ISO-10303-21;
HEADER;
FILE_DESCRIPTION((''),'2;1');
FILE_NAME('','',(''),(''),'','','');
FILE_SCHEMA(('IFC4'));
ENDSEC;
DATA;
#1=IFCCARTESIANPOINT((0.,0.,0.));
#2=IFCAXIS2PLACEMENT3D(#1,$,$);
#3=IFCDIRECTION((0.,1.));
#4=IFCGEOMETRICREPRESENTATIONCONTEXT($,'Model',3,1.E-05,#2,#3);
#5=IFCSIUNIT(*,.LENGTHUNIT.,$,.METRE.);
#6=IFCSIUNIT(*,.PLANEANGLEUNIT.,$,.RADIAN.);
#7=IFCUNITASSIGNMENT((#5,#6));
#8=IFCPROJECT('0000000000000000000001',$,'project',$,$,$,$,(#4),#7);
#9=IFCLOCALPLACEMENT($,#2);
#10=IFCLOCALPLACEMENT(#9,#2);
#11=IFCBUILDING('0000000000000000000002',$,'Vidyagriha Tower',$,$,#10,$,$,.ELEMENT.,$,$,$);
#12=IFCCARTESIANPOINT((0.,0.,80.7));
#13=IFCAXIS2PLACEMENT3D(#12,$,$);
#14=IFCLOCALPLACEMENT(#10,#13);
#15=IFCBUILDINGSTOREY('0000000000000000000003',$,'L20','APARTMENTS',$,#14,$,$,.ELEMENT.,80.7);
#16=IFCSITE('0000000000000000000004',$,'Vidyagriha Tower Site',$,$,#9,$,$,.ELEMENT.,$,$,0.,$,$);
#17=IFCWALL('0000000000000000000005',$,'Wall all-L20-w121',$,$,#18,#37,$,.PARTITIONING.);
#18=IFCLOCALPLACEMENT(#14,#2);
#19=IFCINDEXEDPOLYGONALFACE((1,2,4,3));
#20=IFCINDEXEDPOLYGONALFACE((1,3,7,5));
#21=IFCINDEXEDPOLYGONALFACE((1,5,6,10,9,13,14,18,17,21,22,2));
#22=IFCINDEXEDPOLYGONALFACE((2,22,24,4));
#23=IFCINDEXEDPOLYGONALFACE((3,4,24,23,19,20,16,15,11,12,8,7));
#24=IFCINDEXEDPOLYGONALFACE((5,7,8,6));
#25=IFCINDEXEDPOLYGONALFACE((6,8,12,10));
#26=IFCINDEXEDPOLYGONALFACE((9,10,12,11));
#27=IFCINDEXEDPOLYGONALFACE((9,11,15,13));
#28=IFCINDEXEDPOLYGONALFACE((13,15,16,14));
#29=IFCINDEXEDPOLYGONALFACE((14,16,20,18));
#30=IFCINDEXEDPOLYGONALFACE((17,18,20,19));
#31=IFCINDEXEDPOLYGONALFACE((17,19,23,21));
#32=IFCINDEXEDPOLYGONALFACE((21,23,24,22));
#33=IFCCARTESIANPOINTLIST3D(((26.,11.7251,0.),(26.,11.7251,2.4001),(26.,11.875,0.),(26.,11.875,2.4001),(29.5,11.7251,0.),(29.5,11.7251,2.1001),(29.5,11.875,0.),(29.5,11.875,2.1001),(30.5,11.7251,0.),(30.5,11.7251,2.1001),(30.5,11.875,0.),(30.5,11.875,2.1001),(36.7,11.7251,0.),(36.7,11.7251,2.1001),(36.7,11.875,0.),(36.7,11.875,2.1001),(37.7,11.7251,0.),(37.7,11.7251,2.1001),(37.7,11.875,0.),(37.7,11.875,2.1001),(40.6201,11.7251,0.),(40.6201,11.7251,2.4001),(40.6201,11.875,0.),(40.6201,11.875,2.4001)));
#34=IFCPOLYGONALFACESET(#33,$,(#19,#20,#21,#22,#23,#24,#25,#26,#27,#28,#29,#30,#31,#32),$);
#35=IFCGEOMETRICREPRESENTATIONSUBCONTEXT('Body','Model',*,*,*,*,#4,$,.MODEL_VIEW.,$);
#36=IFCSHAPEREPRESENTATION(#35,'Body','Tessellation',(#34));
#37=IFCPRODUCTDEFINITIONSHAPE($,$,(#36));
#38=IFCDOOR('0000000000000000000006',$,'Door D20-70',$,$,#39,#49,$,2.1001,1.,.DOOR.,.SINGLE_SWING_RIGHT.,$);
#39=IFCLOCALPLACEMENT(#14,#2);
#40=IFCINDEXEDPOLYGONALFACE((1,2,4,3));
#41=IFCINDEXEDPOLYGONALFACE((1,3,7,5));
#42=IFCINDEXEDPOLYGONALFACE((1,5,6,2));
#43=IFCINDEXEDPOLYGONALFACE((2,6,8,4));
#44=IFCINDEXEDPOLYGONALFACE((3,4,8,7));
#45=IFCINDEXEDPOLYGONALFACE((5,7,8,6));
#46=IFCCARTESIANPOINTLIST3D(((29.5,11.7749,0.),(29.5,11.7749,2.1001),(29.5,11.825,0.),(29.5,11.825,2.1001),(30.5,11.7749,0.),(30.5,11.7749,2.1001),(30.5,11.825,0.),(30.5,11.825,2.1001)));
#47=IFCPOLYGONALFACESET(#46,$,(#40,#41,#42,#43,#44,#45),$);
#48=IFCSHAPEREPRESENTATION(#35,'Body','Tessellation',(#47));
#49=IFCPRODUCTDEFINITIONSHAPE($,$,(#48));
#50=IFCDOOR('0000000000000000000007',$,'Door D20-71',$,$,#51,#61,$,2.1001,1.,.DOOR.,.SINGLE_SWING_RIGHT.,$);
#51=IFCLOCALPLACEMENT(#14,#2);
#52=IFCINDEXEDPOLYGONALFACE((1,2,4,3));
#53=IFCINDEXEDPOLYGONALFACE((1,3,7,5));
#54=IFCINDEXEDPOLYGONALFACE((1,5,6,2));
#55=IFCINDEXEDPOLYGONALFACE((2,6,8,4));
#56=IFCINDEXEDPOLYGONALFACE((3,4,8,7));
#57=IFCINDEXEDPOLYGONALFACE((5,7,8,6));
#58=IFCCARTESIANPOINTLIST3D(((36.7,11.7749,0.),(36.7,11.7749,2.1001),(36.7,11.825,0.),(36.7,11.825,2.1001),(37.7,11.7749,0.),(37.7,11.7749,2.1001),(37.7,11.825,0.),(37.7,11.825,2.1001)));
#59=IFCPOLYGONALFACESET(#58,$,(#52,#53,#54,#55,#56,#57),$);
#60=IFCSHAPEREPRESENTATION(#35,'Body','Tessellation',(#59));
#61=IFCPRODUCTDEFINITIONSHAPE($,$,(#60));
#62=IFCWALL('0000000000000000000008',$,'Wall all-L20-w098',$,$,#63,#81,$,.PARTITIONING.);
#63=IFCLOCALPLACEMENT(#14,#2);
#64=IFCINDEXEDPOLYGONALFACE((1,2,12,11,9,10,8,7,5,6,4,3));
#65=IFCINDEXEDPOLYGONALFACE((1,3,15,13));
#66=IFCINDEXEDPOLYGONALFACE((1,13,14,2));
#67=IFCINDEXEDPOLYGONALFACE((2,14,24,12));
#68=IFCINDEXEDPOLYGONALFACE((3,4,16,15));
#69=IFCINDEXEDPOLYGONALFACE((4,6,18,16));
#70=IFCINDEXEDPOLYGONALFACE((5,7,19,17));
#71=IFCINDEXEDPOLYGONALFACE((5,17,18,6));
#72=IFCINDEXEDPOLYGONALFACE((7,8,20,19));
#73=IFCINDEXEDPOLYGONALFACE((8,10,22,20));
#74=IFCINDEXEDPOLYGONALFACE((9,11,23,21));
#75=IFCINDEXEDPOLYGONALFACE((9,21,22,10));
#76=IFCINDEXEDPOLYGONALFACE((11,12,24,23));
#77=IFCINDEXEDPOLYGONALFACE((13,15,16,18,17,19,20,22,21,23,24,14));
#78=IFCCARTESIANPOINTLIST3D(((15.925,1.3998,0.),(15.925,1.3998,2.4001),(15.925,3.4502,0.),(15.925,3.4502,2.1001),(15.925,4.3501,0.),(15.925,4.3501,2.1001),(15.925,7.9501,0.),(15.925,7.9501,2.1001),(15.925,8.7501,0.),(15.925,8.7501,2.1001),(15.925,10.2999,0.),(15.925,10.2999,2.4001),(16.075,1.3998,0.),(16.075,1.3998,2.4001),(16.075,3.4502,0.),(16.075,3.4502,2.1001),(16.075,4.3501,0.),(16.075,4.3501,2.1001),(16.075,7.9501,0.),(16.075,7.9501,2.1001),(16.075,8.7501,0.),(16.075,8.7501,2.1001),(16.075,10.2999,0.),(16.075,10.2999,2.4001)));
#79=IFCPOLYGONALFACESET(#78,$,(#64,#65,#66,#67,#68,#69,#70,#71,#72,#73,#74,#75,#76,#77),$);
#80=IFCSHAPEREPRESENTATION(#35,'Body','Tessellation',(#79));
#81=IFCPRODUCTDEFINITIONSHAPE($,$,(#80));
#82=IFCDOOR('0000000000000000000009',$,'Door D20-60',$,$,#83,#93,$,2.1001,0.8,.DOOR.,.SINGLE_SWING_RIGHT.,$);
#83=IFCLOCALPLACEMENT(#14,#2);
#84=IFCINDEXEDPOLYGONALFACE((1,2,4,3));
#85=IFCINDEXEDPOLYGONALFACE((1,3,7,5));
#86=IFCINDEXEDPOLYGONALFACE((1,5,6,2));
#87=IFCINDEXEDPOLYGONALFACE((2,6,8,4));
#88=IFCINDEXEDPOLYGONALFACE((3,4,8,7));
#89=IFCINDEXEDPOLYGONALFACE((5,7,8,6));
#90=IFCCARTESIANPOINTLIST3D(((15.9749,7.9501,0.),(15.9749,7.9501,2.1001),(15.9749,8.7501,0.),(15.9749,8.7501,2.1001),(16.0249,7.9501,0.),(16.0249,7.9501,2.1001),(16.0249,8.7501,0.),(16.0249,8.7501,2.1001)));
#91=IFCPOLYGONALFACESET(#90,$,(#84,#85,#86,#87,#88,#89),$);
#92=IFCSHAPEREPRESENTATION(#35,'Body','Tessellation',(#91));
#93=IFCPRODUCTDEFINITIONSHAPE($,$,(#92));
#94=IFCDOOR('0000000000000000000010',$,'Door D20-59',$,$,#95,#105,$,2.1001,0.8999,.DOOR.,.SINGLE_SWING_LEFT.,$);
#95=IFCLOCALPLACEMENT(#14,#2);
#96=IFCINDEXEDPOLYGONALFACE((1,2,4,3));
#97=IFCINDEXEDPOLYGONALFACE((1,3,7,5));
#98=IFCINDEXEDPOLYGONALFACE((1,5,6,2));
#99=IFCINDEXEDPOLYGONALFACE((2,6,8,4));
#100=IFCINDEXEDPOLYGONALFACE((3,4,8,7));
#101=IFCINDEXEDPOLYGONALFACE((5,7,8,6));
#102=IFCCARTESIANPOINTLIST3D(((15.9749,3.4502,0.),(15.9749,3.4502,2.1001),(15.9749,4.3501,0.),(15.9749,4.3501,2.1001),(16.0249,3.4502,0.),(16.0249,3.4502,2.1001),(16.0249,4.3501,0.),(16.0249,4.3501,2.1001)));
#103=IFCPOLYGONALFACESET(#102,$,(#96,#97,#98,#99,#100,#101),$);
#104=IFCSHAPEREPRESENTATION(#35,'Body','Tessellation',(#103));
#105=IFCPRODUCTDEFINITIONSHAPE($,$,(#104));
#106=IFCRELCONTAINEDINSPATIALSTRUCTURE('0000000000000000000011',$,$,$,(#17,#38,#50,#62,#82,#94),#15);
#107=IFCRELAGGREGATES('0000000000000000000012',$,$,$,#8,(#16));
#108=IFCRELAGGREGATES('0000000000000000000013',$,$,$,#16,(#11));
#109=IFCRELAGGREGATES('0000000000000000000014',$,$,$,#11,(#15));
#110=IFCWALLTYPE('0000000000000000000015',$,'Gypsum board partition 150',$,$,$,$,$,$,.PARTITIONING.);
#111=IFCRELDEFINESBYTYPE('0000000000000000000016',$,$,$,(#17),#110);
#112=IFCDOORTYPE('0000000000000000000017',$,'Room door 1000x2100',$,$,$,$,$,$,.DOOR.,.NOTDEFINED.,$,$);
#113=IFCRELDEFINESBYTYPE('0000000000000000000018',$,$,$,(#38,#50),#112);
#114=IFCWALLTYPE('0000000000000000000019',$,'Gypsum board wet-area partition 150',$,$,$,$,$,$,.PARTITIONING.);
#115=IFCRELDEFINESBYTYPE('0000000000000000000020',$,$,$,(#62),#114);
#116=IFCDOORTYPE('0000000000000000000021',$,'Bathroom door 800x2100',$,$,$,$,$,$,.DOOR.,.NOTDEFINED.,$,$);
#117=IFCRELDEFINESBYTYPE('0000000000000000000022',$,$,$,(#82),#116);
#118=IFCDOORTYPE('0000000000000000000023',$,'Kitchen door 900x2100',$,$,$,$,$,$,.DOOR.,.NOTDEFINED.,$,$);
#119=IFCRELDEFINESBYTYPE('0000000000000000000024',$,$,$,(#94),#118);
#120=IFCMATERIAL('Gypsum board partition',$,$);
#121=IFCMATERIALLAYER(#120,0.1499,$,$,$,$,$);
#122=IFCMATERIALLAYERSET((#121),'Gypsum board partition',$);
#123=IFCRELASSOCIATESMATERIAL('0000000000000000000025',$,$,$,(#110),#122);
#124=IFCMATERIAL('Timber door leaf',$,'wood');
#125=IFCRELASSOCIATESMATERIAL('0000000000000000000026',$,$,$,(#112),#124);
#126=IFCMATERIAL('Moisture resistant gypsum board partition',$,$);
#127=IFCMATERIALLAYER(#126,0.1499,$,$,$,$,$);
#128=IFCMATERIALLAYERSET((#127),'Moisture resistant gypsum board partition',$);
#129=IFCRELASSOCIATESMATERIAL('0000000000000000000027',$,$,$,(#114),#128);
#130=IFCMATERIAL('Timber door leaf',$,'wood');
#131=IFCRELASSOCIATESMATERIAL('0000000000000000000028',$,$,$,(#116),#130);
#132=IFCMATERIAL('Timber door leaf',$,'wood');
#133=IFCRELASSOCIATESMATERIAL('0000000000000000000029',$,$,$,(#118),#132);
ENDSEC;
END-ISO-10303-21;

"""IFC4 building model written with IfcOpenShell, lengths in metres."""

from ifc_helpers import new_model, si_unit, direction, frame, frame_2d, origin, place, context, subcontext, project, spatial, rectangle, extrude, material, layer, layer_set, type_object, element, fill, save


model = new_model("IFC4")

# Units and contexts
model_context = context("Model", 3, precision=1e-05, world=origin(), true_north=direction((0.0, 1.0)))
body_context = subcontext(model_context, "Body", "Model", "MODEL_VIEW")
ifc_project = project(units=[si_unit("LENGTHUNIT", "METRE"), si_unit("PLANEANGLEUNIT", "RADIAN")], contexts=[model_context])

# Site, building, storey
site_placement = place(None, origin())
site = spatial("IfcSite", under=ifc_project, at=site_placement, Name="Vidyagriha Tower Site", CompositionType="ELEMENT", RefElevation=0.0)
building_placement = place(site_placement, origin())
building = spatial("IfcBuilding", under=site, at=building_placement, Name="Vidyagriha Tower", CompositionType="ELEMENT")
storey_placement = place(building_placement, frame((0.0, 0.0, 80.7)))
storey = spatial("IfcBuildingStorey", under=building, at=storey_placement, Name="L20", Description="APARTMENTS", CompositionType="ELEMENT", Elevation=80.7)

# Shared definitions
ifc_material_1 = material(Name="Gypsum board partition")
ifc_layer_1 = layer(ifc_material_1, 0.1499)
ifc_layer_set_1 = layer_set([ifc_layer_1], Name="Gypsum board partition")
wall_type_1 = type_object("IfcWallType", Name="Gypsum board partition 150", PredefinedType="PARTITIONING", material=ifc_layer_set_1)

# Walls, openings, doors
wall_1_placement = place(storey_placement, frame((26.0, 11.8, 0.0)))
wall_1 = element("IfcWall", 1, at=wall_1_placement, inside=storey, type_object=wall_type_1, Name="Wall all-L20-w121", PredefinedType="PARTITIONING", context=body_context, shape_type="SweptSolid", body=[
    extrude(rectangle(XDim=14.6201, YDim=0.1499, at=frame_2d((7.3101, 0.0))), origin(), (0.0, 0.0, 1.0), 2.4001),
])
opening_1_placement = place(wall_1_placement, frame((3.5, 0.0, 0.0)))
opening_1 = element("IfcOpeningElement", 2, at=opening_1_placement, cuts=wall_1, PredefinedType="OPENING", context=body_context, shape_type="SweptSolid", body=[
    extrude(rectangle(XDim=1.0, YDim=2.1001, at=frame_2d((0.5, 1.05))), frame((0.0, 0.085, 0.0), z_axis=(0.0, -1.0, 0.0), x_axis=(1.0, 0.0, 0.0)), (0.0, 0.0, 1.0), 0.1699),
])
opening_2_placement = place(wall_1_placement, frame((10.7, 0.0, 0.0)))
opening_2 = element("IfcOpeningElement", 3, at=opening_2_placement, cuts=wall_1, PredefinedType="OPENING", context=body_context, shape_type="SweptSolid", body=[
    extrude(rectangle(XDim=1.0, YDim=2.1001, at=frame_2d((0.5, 1.05))), frame((0.0, 0.085, 0.0), z_axis=(0.0, -1.0, 0.0), x_axis=(1.0, 0.0, 0.0)), (0.0, 0.0, 1.0), 0.1699),
])
ifc_material_2 = material(Name="Timber door leaf", Category="wood")
door_type_1 = type_object("IfcDoorType", Name="Room door 1000x2100", OperationType="NOTDEFINED", PredefinedType="DOOR", material=ifc_material_2)
door_1_placement = place(opening_1_placement, origin())
door_1 = element("IfcDoor", 4, at=door_1_placement, inside=storey, type_object=door_type_1, Name="Door D20-70", OperationType="SINGLE_SWING_RIGHT", OverallHeight=2.1001, OverallWidth=1.0, PredefinedType="DOOR", context=body_context, shape_type="SweptSolid", body=[
    extrude(rectangle(XDim=1.0, YDim=2.1001, at=frame_2d((0.5, 1.05))), frame((0.0, 0.0249, 0.0), z_axis=(0.0, -1.0, 0.0), x_axis=(1.0, 0.0, 0.0)), (0.0, 0.0, 1.0), 0.05),
])
fill(opening_1, door_1)
door_2_placement = place(opening_2_placement, origin())
door_2 = element("IfcDoor", 5, at=door_2_placement, inside=storey, type_object=door_type_1, Name="Door D20-71", OperationType="SINGLE_SWING_RIGHT", OverallHeight=2.1001, OverallWidth=1.0, PredefinedType="DOOR", context=body_context, shape_type="SweptSolid", body=[
    extrude(rectangle(XDim=1.0, YDim=2.1001, at=frame_2d((0.5, 1.05))), frame((0.0, 0.0249, 0.0), z_axis=(0.0, -1.0, 0.0), x_axis=(1.0, 0.0, 0.0)), (0.0, 0.0, 1.0), 0.05),
])
fill(opening_2, door_2)
ifc_material_3 = material(Name="Moisture resistant gypsum board partition")
ifc_layer_2 = layer(ifc_material_3, 0.1499)
ifc_layer_set_2 = layer_set([ifc_layer_2], Name="Moisture resistant gypsum board partition")
wall_type_2 = type_object("IfcWallType", Name="Gypsum board wet-area partition 150", PredefinedType="PARTITIONING", material=ifc_layer_set_2)
wall_2_placement = place(storey_placement, frame((16.0, 10.3, 0.0), z_axis=(0.0, 0.0, 1.0), x_axis=(0.0, -1.0, 0.0)))
wall_2 = element("IfcWall", 6, at=wall_2_placement, inside=storey, type_object=wall_type_2, Name="Wall all-L20-w098", PredefinedType="PARTITIONING", context=body_context, shape_type="SweptSolid", body=[
    extrude(rectangle(XDim=8.9001, YDim=0.1499, at=frame_2d((4.4502, 0.0))), origin(), (0.0, 0.0, 1.0), 2.4001),
])
opening_3_placement = place(wall_2_placement, frame((5.95, 0.0, 0.0)))
opening_3 = element("IfcOpeningElement", 7, at=opening_3_placement, cuts=wall_2, PredefinedType="OPENING", context=body_context, shape_type="SweptSolid", body=[
    extrude(rectangle(XDim=0.8999, YDim=2.1001, at=frame_2d((0.45, 1.05))), frame((0.0, 0.085, 0.0), z_axis=(0.0, -1.0, 0.0), x_axis=(1.0, 0.0, 0.0)), (0.0, 0.0, 1.0), 0.1699),
])
opening_4_placement = place(wall_2_placement, frame((1.55, 0.0, 0.0)))
opening_4 = element("IfcOpeningElement", 8, at=opening_4_placement, cuts=wall_2, PredefinedType="OPENING", context=body_context, shape_type="SweptSolid", body=[
    extrude(rectangle(XDim=0.8, YDim=2.1001, at=frame_2d((0.3999, 1.05))), frame((0.0, 0.085, 0.0), z_axis=(0.0, -1.0, 0.0), x_axis=(1.0, 0.0, 0.0)), (0.0, 0.0, 1.0), 0.1699),
])
ifc_material_4 = material(Name="Timber door leaf", Category="wood")
door_type_2 = type_object("IfcDoorType", Name="Bathroom door 800x2100", OperationType="NOTDEFINED", PredefinedType="DOOR", material=ifc_material_4)
door_3_placement = place(opening_4_placement, origin())
door_3 = element("IfcDoor", 9, at=door_3_placement, inside=storey, type_object=door_type_2, Name="Door D20-60", OperationType="SINGLE_SWING_RIGHT", OverallHeight=2.1001, OverallWidth=0.8, PredefinedType="DOOR", context=body_context, shape_type="SweptSolid", body=[
    extrude(rectangle(XDim=0.8, YDim=2.1001, at=frame_2d((0.3999, 1.05))), frame((0.0, 0.0249, 0.0), z_axis=(0.0, -1.0, 0.0), x_axis=(1.0, 0.0, 0.0)), (0.0, 0.0, 1.0), 0.05),
])
fill(opening_4, door_3)
ifc_material_5 = material(Name="Timber door leaf", Category="wood")
door_type_3 = type_object("IfcDoorType", Name="Kitchen door 900x2100", OperationType="NOTDEFINED", PredefinedType="DOOR", material=ifc_material_5)
door_4_placement = place(opening_3_placement, origin())
door_4 = element("IfcDoor", 10, at=door_4_placement, inside=storey, type_object=door_type_3, Name="Door D20-59", OperationType="SINGLE_SWING_LEFT", OverallHeight=2.1001, OverallWidth=0.8999, PredefinedType="DOOR", context=body_context, shape_type="SweptSolid", body=[
    extrude(rectangle(XDim=0.8999, YDim=2.1001, at=frame_2d((0.45, 1.05))), frame((0.0, 0.0249, 0.0), z_axis=(0.0, -1.0, 0.0), x_axis=(1.0, 0.0, 0.0)), (0.0, 0.0, 1.0), 0.05),
])
fill(opening_3, door_4)

save(model, "model.ifc")
